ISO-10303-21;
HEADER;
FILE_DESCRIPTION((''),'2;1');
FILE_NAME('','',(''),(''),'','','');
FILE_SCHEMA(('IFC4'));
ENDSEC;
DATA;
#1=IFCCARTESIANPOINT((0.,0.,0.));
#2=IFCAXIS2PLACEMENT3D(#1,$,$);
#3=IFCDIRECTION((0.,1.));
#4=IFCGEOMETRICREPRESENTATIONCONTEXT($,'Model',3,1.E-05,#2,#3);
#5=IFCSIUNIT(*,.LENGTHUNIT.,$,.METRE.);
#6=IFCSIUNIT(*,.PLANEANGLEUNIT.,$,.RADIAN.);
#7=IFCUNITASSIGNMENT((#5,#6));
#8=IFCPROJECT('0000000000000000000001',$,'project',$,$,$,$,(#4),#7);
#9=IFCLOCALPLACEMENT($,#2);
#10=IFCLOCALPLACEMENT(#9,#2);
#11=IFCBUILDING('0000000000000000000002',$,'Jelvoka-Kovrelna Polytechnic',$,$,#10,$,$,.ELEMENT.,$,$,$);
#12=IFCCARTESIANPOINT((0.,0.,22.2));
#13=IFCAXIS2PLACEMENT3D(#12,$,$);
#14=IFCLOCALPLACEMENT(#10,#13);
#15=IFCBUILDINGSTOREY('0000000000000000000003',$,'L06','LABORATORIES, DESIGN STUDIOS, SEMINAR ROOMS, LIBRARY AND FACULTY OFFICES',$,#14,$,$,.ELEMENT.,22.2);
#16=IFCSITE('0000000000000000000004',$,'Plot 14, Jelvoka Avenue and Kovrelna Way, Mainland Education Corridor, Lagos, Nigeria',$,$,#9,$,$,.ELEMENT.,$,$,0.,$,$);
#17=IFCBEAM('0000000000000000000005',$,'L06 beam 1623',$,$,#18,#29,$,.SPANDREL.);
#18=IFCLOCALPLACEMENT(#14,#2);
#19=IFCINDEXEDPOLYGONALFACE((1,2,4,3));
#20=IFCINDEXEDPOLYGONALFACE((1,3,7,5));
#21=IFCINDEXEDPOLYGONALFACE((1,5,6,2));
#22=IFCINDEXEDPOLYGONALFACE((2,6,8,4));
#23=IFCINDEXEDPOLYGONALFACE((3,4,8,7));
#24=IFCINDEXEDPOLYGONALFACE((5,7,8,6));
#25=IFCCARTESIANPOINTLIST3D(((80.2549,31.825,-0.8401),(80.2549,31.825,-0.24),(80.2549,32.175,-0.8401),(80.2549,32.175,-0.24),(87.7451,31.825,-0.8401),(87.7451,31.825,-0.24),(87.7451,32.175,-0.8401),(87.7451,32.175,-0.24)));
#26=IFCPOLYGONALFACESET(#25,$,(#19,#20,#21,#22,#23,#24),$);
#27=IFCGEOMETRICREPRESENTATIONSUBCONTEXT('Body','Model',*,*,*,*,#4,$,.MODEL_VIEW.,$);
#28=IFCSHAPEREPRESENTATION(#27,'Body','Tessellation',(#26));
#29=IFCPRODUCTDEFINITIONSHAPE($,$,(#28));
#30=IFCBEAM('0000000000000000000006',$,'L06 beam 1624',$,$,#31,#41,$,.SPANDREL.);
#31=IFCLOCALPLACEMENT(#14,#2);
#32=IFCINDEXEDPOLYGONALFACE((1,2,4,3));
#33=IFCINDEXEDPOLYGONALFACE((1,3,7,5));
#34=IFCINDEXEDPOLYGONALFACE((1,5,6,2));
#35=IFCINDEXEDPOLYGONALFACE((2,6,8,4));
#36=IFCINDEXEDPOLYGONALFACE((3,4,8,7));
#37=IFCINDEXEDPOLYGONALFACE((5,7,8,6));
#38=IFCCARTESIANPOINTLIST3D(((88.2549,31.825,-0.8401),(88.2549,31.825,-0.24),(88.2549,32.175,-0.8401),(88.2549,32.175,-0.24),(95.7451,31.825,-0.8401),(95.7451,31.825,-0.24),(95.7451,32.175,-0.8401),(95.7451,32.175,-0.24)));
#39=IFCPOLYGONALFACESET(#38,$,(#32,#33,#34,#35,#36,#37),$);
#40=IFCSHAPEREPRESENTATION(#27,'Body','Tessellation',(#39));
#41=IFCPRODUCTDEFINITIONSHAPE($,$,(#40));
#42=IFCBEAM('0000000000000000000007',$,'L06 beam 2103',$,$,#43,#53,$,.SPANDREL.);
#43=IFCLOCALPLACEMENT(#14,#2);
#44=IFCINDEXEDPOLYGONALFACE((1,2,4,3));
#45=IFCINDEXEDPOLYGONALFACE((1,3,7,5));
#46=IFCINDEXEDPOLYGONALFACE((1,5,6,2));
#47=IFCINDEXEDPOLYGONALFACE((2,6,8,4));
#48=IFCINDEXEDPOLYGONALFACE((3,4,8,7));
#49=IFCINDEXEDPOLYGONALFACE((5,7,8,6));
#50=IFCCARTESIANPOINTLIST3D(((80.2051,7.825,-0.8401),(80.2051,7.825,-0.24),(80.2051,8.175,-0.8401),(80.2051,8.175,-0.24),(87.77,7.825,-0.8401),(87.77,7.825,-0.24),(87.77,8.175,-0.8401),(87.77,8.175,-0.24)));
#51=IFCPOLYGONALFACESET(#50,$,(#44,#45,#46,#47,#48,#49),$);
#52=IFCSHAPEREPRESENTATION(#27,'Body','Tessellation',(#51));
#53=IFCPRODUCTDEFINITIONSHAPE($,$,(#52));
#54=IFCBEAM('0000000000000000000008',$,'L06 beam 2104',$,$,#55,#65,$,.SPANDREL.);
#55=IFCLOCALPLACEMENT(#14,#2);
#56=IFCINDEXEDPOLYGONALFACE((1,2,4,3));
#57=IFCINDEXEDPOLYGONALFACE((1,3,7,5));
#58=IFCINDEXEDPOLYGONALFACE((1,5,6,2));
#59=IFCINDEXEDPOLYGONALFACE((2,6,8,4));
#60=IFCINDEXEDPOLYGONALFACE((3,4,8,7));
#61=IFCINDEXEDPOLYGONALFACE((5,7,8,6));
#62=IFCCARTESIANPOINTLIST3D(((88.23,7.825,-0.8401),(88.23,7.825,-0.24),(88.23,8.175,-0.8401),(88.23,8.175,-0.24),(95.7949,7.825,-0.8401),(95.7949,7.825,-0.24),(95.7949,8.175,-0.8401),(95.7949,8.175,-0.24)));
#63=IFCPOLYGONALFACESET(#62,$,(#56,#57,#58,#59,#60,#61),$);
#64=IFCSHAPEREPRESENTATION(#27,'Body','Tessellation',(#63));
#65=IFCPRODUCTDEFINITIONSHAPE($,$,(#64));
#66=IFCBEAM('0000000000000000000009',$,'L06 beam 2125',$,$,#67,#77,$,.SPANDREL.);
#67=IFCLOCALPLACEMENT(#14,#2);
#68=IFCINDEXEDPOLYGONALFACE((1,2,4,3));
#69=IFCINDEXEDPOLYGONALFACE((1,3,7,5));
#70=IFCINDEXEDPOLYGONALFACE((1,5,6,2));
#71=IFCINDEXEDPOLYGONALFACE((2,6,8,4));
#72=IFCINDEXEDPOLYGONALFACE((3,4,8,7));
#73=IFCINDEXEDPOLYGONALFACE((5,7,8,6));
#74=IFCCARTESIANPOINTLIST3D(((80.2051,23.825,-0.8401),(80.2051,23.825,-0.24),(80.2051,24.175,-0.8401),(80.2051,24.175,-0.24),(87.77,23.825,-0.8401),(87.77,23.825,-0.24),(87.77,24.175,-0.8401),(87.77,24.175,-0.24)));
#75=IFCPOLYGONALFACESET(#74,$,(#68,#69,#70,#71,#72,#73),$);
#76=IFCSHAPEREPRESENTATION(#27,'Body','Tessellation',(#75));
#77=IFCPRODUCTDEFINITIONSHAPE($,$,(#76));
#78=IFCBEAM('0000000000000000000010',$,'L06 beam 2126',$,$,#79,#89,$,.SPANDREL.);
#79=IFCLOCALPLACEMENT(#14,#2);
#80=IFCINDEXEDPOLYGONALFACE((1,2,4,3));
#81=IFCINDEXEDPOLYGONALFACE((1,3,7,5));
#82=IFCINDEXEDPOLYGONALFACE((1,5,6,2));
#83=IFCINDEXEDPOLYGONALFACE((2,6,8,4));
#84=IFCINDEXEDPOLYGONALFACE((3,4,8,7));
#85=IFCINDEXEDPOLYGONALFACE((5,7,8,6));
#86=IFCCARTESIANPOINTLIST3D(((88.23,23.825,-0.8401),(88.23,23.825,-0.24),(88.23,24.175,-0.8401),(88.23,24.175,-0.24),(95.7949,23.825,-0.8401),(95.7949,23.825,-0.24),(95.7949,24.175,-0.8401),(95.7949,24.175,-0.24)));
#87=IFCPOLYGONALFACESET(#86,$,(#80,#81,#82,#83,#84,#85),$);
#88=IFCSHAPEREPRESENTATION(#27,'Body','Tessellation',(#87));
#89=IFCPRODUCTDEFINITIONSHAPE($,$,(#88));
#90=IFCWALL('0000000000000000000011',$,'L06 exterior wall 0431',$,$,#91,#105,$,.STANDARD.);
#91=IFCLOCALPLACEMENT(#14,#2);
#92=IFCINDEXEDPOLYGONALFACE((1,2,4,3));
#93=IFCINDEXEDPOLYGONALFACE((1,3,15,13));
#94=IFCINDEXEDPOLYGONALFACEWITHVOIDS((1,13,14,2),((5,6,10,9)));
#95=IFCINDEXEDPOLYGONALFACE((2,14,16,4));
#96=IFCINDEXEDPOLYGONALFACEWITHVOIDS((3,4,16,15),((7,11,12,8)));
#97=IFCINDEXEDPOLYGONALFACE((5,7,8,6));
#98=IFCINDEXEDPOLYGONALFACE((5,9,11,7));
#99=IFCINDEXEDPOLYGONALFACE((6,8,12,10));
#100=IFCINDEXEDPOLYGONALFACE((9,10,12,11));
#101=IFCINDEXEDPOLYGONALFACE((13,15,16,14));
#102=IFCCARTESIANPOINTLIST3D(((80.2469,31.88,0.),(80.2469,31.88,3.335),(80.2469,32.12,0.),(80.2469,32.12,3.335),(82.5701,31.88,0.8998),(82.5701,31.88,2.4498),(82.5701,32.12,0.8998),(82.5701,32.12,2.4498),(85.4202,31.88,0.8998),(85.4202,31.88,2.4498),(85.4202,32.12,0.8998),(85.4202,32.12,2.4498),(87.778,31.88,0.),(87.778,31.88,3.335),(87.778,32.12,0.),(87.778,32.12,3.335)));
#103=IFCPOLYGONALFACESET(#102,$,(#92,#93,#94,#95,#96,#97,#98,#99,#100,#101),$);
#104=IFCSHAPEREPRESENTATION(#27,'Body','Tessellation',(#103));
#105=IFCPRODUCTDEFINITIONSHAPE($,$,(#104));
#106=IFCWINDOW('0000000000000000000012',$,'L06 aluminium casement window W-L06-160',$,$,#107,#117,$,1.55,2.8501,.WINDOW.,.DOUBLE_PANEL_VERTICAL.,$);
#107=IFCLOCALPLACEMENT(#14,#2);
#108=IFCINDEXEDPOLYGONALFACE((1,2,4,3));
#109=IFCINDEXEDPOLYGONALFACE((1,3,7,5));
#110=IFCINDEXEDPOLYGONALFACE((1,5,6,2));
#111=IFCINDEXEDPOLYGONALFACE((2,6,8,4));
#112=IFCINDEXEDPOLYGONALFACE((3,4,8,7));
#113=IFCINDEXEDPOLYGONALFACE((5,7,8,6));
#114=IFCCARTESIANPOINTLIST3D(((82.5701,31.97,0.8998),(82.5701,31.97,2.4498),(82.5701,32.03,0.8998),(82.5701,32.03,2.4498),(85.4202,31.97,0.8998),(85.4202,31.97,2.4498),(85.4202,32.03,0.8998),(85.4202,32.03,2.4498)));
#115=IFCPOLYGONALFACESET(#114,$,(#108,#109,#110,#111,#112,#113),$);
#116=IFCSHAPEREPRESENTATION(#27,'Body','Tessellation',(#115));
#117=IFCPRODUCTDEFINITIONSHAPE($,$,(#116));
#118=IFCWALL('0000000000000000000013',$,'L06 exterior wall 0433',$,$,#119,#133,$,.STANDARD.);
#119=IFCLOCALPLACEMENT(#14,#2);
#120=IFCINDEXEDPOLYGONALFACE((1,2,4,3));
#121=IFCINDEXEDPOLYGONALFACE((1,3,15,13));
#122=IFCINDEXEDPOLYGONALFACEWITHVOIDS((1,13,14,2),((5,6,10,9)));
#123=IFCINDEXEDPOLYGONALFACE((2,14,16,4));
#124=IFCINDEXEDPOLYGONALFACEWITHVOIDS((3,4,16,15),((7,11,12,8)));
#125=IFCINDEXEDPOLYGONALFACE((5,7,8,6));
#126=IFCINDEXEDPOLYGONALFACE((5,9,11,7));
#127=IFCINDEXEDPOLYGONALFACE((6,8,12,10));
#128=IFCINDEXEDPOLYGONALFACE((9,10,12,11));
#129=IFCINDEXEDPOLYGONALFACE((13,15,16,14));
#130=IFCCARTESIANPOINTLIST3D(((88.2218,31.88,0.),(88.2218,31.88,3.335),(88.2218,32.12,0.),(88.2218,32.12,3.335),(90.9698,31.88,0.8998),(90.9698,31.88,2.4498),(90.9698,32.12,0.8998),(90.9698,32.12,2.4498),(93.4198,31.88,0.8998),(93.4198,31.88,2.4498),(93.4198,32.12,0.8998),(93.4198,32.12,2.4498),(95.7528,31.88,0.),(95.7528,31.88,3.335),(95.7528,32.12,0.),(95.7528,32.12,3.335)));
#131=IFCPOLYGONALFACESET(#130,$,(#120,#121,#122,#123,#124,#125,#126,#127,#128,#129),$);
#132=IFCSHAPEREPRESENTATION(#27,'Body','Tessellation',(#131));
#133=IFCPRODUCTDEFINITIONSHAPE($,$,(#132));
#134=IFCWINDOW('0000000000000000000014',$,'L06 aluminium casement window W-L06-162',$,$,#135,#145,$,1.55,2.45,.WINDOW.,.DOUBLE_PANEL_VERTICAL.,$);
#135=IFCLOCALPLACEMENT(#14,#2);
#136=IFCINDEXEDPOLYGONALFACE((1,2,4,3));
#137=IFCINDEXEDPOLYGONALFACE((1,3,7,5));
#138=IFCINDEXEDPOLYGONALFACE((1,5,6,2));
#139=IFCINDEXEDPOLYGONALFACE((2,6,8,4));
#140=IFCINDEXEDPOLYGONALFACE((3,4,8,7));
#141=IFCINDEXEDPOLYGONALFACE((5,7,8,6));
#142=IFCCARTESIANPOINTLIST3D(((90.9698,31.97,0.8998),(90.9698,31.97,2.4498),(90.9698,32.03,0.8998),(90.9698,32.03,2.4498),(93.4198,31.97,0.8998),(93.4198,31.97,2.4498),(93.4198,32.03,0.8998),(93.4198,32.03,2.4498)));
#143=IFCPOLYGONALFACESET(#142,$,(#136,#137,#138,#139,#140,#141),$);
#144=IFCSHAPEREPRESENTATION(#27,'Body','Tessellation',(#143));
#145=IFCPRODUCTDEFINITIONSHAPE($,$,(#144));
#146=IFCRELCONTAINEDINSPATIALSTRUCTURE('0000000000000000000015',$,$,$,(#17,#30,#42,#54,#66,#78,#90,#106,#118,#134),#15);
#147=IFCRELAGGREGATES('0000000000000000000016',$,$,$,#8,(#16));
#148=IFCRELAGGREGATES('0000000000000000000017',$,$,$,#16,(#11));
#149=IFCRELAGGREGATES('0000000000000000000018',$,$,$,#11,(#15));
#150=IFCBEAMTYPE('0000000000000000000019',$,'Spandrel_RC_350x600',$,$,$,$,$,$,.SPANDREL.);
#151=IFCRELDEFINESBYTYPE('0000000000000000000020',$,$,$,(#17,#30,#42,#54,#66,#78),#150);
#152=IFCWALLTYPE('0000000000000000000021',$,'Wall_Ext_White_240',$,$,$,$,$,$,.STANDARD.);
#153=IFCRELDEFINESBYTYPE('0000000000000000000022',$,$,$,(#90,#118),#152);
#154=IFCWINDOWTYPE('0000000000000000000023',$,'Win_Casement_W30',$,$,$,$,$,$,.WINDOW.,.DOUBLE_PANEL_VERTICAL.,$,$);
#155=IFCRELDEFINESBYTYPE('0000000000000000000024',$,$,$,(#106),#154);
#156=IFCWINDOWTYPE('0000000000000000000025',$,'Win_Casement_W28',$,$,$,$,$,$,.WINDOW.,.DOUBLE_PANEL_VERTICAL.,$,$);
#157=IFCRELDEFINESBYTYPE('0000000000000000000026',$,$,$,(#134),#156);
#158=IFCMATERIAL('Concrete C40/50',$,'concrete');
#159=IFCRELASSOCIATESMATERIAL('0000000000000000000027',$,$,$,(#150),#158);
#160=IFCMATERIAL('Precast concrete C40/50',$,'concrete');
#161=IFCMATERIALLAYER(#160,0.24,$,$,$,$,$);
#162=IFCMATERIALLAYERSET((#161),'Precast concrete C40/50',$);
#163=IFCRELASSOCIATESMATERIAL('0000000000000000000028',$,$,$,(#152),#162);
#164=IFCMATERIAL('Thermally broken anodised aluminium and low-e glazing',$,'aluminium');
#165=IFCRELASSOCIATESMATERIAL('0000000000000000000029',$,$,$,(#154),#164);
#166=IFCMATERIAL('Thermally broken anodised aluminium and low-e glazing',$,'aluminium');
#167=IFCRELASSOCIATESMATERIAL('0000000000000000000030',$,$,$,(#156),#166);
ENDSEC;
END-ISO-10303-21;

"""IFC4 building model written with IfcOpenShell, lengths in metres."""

from ifc_helpers import new_model, si_unit, direction, frame, frame_2d, origin, origin_2d, place, context, subcontext, project, spatial, rectangle, extrude, material, layer, layer_set, material_profile, profile_set, type_object, element, fill, save


model = new_model("IFC4")

# Units and contexts
model_context = context("Model", 3, precision=1e-05, world=origin(), true_north=direction((0.0, 1.0)))
body_context = subcontext(model_context, "Body", "Model", "MODEL_VIEW")
ifc_project = project(units=[si_unit("LENGTHUNIT", "METRE"), si_unit("PLANEANGLEUNIT", "RADIAN")], contexts=[model_context])

# Site, building, storey
site_placement = place(None, origin())
site = spatial("IfcSite", under=ifc_project, at=site_placement, Name="Plot 14, Jelvoka Avenue and Kovrelna Way, Mainland Education Corridor, Lagos, Nigeria", CompositionType="ELEMENT", RefElevation=0.0)
building_placement = place(site_placement, origin())
building = spatial("IfcBuilding", under=site, at=building_placement, Name="Jelvoka-Kovrelna Polytechnic", CompositionType="ELEMENT")
storey_placement = place(building_placement, frame((0.0, 0.0, 22.2)))
storey = spatial("IfcBuildingStorey", under=building, at=storey_placement, Name="L06", Description="LABORATORIES, DESIGN STUDIOS, SEMINAR ROOMS, LIBRARY AND FACULTY OFFICES", CompositionType="ELEMENT", Elevation=22.2)

# Beams
ifc_material_1 = material(Name="Concrete C40/50", Category="concrete")
ifc_material_profile_1 = material_profile(ifc_material_1, rectangle(XDim=0.3501, YDim=0.6001, at=origin_2d()), Name="RC 350x600")
ifc_profile_set_1 = profile_set([ifc_material_profile_1], Name="Concrete C40/50")
beam_type_1 = type_object("IfcBeamType", Name="Spandrel_RC_350x600", PredefinedType="SPANDREL", material=ifc_profile_set_1)
for number, where, z_axis, x_axis, name in (
    (1, (80.2549, 32.0, -0.54), (1.0, 0.0, 0.0), (0.0, 1.0, 0.0), "L06 beam 1623"),
    (2, (88.2549, 32.0, -0.54), (1.0, 0.0, 0.0), (0.0, 1.0, 0.0), "L06 beam 1624"),
):
    element("IfcBeam", number, at=place(storey_placement, frame(where, z_axis=z_axis, x_axis=x_axis)), inside=storey, type_object=beam_type_1, Name=name, PredefinedType="SPANDREL", context=body_context, shape_type="SweptSolid", body=[
        extrude(rectangle(XDim=0.3501, YDim=0.6001, at=origin_2d()), origin(), (0.0, 0.0, 1.0), 7.4902),
    ])
for number, where, z_axis, x_axis, name in (
    (3, (80.2051, 8.0, -0.54), (1.0, 0.0, 0.0), (0.0, 1.0, 0.0), "L06 beam 2103"),
    (4, (88.23, 8.0, -0.54), (1.0, 0.0, 0.0), (0.0, 1.0, 0.0), "L06 beam 2104"),
    (5, (80.2051, 24.0, -0.54), (1.0, 0.0, 0.0), (0.0, 1.0, 0.0), "L06 beam 2125"),
    (6, (88.23, 24.0, -0.54), (1.0, 0.0, 0.0), (0.0, 1.0, 0.0), "L06 beam 2126"),
):
    element("IfcBeam", number, at=place(storey_placement, frame(where, z_axis=z_axis, x_axis=x_axis)), inside=storey, type_object=beam_type_1, Name=name, PredefinedType="SPANDREL", context=body_context, shape_type="SweptSolid", body=[
        extrude(rectangle(XDim=0.3501, YDim=0.6001, at=origin_2d()), origin(), (0.0, 0.0, 1.0), 7.5649),
    ])

# Walls, openings, windows
ifc_material_2 = material(Name="Precast concrete C40/50", Category="concrete")
ifc_layer = layer(ifc_material_2, 0.24)
ifc_layer_set = layer_set([ifc_layer], Name="Precast concrete C40/50")
wall_type = type_object("IfcWallType", Name="Wall_Ext_White_240", PredefinedType="STANDARD", material=ifc_layer_set)
wall_1_placement = place(storey_placement, frame((87.7781, 32.0, 0.0), z_axis=(0.0, 0.0, 1.0), x_axis=(-1.0, 0.0, 0.0)))
wall_1 = element("IfcWall", 7, at=wall_1_placement, inside=storey, type_object=wall_type, Name="L06 exterior wall 0431", PredefinedType="STANDARD", context=body_context, shape_type="SweptSolid", body=[
    extrude(rectangle(XDim=7.531, YDim=0.24, at=frame_2d((3.7656, 0.0))), origin(), (0.0, 0.0, 1.0), 3.335),
])
opening_1_placement = place(wall_1_placement, frame((2.3579, 0.0, 0.8999)))
opening_1 = element("IfcOpeningElement", 8, at=opening_1_placement, cuts=wall_1, PredefinedType="OPENING", context=body_context, shape_type="SweptSolid", body=[
    extrude(rectangle(XDim=2.8501, YDim=1.55, at=frame_2d((1.425, 0.7749))), frame((0.0, 0.1301, 0.0), z_axis=(0.0, -1.0, 0.0), x_axis=(1.0, 0.0, 0.0)), (0.0, 0.0, 1.0), 0.26),
])
ifc_material_3 = material(Name="Thermally broken anodised aluminium and low-e glazing", Category="aluminium")
window_type_1 = type_object("IfcWindowType", Name="Win_Casement_W30", PartitioningType="DOUBLE_PANEL_VERTICAL", PredefinedType="WINDOW", material=ifc_material_3)
window_1_placement = place(opening_1_placement, origin())
window_1 = element("IfcWindow", 9, at=window_1_placement, inside=storey, type_object=window_type_1, Name="L06 aluminium casement window W-L06-160", OverallHeight=1.55, OverallWidth=2.8501, PartitioningType="DOUBLE_PANEL_VERTICAL", PredefinedType="WINDOW", context=body_context, shape_type="SweptSolid", body=[
    extrude(rectangle(XDim=2.8501, YDim=1.55, at=frame_2d((1.425, 0.7749))), frame((0.0, 0.03, 0.0), z_axis=(0.0, -1.0, 0.0), x_axis=(1.0, 0.0, 0.0)), (0.0, 0.0, 1.0), 0.0601),
])
fill(opening_1, window_1)
wall_2_placement = place(storey_placement, frame((95.7529, 32.0, 0.0), z_axis=(0.0, 0.0, 1.0), x_axis=(-1.0, 0.0, 0.0)))
wall_2 = element("IfcWall", 10, at=wall_2_placement, inside=storey, type_object=wall_type, Name="L06 exterior wall 0433", PredefinedType="STANDARD", context=body_context, shape_type="SweptSolid", body=[
    extrude(rectangle(XDim=7.531, YDim=0.24, at=frame_2d((3.7656, 0.0))), origin(), (0.0, 0.0, 1.0), 3.335),
])
opening_2_placement = place(wall_2_placement, frame((2.333, 0.0, 0.8999)))
opening_2 = element("IfcOpeningElement", 11, at=opening_2_placement, cuts=wall_2, PredefinedType="OPENING", context=body_context, shape_type="SweptSolid", body=[
    extrude(rectangle(XDim=2.45, YDim=1.55, at=frame_2d((1.2251, 0.7749))), frame((0.0, 0.1301, 0.0), z_axis=(0.0, -1.0, 0.0), x_axis=(1.0, 0.0, 0.0)), (0.0, 0.0, 1.0), 0.26),
])
ifc_material_4 = material(Name="Thermally broken anodised aluminium and low-e glazing", Category="aluminium")
window_type_2 = type_object("IfcWindowType", Name="Win_Casement_W28", PartitioningType="DOUBLE_PANEL_VERTICAL", PredefinedType="WINDOW", material=ifc_material_4)
window_2_placement = place(opening_2_placement, origin())
window_2 = element("IfcWindow", 12, at=window_2_placement, inside=storey, type_object=window_type_2, Name="L06 aluminium casement window W-L06-162", OverallHeight=1.55, OverallWidth=2.45, PartitioningType="DOUBLE_PANEL_VERTICAL", PredefinedType="WINDOW", context=body_context, shape_type="SweptSolid", body=[
    extrude(rectangle(XDim=2.45, YDim=1.55, at=frame_2d((1.2251, 0.7749))), frame((0.0, 0.03, 0.0), z_axis=(0.0, -1.0, 0.0), x_axis=(1.0, 0.0, 0.0)), (0.0, 0.0, 1.0), 0.0601),
])
fill(opening_2, window_2)

save(model, "model.ifc")
